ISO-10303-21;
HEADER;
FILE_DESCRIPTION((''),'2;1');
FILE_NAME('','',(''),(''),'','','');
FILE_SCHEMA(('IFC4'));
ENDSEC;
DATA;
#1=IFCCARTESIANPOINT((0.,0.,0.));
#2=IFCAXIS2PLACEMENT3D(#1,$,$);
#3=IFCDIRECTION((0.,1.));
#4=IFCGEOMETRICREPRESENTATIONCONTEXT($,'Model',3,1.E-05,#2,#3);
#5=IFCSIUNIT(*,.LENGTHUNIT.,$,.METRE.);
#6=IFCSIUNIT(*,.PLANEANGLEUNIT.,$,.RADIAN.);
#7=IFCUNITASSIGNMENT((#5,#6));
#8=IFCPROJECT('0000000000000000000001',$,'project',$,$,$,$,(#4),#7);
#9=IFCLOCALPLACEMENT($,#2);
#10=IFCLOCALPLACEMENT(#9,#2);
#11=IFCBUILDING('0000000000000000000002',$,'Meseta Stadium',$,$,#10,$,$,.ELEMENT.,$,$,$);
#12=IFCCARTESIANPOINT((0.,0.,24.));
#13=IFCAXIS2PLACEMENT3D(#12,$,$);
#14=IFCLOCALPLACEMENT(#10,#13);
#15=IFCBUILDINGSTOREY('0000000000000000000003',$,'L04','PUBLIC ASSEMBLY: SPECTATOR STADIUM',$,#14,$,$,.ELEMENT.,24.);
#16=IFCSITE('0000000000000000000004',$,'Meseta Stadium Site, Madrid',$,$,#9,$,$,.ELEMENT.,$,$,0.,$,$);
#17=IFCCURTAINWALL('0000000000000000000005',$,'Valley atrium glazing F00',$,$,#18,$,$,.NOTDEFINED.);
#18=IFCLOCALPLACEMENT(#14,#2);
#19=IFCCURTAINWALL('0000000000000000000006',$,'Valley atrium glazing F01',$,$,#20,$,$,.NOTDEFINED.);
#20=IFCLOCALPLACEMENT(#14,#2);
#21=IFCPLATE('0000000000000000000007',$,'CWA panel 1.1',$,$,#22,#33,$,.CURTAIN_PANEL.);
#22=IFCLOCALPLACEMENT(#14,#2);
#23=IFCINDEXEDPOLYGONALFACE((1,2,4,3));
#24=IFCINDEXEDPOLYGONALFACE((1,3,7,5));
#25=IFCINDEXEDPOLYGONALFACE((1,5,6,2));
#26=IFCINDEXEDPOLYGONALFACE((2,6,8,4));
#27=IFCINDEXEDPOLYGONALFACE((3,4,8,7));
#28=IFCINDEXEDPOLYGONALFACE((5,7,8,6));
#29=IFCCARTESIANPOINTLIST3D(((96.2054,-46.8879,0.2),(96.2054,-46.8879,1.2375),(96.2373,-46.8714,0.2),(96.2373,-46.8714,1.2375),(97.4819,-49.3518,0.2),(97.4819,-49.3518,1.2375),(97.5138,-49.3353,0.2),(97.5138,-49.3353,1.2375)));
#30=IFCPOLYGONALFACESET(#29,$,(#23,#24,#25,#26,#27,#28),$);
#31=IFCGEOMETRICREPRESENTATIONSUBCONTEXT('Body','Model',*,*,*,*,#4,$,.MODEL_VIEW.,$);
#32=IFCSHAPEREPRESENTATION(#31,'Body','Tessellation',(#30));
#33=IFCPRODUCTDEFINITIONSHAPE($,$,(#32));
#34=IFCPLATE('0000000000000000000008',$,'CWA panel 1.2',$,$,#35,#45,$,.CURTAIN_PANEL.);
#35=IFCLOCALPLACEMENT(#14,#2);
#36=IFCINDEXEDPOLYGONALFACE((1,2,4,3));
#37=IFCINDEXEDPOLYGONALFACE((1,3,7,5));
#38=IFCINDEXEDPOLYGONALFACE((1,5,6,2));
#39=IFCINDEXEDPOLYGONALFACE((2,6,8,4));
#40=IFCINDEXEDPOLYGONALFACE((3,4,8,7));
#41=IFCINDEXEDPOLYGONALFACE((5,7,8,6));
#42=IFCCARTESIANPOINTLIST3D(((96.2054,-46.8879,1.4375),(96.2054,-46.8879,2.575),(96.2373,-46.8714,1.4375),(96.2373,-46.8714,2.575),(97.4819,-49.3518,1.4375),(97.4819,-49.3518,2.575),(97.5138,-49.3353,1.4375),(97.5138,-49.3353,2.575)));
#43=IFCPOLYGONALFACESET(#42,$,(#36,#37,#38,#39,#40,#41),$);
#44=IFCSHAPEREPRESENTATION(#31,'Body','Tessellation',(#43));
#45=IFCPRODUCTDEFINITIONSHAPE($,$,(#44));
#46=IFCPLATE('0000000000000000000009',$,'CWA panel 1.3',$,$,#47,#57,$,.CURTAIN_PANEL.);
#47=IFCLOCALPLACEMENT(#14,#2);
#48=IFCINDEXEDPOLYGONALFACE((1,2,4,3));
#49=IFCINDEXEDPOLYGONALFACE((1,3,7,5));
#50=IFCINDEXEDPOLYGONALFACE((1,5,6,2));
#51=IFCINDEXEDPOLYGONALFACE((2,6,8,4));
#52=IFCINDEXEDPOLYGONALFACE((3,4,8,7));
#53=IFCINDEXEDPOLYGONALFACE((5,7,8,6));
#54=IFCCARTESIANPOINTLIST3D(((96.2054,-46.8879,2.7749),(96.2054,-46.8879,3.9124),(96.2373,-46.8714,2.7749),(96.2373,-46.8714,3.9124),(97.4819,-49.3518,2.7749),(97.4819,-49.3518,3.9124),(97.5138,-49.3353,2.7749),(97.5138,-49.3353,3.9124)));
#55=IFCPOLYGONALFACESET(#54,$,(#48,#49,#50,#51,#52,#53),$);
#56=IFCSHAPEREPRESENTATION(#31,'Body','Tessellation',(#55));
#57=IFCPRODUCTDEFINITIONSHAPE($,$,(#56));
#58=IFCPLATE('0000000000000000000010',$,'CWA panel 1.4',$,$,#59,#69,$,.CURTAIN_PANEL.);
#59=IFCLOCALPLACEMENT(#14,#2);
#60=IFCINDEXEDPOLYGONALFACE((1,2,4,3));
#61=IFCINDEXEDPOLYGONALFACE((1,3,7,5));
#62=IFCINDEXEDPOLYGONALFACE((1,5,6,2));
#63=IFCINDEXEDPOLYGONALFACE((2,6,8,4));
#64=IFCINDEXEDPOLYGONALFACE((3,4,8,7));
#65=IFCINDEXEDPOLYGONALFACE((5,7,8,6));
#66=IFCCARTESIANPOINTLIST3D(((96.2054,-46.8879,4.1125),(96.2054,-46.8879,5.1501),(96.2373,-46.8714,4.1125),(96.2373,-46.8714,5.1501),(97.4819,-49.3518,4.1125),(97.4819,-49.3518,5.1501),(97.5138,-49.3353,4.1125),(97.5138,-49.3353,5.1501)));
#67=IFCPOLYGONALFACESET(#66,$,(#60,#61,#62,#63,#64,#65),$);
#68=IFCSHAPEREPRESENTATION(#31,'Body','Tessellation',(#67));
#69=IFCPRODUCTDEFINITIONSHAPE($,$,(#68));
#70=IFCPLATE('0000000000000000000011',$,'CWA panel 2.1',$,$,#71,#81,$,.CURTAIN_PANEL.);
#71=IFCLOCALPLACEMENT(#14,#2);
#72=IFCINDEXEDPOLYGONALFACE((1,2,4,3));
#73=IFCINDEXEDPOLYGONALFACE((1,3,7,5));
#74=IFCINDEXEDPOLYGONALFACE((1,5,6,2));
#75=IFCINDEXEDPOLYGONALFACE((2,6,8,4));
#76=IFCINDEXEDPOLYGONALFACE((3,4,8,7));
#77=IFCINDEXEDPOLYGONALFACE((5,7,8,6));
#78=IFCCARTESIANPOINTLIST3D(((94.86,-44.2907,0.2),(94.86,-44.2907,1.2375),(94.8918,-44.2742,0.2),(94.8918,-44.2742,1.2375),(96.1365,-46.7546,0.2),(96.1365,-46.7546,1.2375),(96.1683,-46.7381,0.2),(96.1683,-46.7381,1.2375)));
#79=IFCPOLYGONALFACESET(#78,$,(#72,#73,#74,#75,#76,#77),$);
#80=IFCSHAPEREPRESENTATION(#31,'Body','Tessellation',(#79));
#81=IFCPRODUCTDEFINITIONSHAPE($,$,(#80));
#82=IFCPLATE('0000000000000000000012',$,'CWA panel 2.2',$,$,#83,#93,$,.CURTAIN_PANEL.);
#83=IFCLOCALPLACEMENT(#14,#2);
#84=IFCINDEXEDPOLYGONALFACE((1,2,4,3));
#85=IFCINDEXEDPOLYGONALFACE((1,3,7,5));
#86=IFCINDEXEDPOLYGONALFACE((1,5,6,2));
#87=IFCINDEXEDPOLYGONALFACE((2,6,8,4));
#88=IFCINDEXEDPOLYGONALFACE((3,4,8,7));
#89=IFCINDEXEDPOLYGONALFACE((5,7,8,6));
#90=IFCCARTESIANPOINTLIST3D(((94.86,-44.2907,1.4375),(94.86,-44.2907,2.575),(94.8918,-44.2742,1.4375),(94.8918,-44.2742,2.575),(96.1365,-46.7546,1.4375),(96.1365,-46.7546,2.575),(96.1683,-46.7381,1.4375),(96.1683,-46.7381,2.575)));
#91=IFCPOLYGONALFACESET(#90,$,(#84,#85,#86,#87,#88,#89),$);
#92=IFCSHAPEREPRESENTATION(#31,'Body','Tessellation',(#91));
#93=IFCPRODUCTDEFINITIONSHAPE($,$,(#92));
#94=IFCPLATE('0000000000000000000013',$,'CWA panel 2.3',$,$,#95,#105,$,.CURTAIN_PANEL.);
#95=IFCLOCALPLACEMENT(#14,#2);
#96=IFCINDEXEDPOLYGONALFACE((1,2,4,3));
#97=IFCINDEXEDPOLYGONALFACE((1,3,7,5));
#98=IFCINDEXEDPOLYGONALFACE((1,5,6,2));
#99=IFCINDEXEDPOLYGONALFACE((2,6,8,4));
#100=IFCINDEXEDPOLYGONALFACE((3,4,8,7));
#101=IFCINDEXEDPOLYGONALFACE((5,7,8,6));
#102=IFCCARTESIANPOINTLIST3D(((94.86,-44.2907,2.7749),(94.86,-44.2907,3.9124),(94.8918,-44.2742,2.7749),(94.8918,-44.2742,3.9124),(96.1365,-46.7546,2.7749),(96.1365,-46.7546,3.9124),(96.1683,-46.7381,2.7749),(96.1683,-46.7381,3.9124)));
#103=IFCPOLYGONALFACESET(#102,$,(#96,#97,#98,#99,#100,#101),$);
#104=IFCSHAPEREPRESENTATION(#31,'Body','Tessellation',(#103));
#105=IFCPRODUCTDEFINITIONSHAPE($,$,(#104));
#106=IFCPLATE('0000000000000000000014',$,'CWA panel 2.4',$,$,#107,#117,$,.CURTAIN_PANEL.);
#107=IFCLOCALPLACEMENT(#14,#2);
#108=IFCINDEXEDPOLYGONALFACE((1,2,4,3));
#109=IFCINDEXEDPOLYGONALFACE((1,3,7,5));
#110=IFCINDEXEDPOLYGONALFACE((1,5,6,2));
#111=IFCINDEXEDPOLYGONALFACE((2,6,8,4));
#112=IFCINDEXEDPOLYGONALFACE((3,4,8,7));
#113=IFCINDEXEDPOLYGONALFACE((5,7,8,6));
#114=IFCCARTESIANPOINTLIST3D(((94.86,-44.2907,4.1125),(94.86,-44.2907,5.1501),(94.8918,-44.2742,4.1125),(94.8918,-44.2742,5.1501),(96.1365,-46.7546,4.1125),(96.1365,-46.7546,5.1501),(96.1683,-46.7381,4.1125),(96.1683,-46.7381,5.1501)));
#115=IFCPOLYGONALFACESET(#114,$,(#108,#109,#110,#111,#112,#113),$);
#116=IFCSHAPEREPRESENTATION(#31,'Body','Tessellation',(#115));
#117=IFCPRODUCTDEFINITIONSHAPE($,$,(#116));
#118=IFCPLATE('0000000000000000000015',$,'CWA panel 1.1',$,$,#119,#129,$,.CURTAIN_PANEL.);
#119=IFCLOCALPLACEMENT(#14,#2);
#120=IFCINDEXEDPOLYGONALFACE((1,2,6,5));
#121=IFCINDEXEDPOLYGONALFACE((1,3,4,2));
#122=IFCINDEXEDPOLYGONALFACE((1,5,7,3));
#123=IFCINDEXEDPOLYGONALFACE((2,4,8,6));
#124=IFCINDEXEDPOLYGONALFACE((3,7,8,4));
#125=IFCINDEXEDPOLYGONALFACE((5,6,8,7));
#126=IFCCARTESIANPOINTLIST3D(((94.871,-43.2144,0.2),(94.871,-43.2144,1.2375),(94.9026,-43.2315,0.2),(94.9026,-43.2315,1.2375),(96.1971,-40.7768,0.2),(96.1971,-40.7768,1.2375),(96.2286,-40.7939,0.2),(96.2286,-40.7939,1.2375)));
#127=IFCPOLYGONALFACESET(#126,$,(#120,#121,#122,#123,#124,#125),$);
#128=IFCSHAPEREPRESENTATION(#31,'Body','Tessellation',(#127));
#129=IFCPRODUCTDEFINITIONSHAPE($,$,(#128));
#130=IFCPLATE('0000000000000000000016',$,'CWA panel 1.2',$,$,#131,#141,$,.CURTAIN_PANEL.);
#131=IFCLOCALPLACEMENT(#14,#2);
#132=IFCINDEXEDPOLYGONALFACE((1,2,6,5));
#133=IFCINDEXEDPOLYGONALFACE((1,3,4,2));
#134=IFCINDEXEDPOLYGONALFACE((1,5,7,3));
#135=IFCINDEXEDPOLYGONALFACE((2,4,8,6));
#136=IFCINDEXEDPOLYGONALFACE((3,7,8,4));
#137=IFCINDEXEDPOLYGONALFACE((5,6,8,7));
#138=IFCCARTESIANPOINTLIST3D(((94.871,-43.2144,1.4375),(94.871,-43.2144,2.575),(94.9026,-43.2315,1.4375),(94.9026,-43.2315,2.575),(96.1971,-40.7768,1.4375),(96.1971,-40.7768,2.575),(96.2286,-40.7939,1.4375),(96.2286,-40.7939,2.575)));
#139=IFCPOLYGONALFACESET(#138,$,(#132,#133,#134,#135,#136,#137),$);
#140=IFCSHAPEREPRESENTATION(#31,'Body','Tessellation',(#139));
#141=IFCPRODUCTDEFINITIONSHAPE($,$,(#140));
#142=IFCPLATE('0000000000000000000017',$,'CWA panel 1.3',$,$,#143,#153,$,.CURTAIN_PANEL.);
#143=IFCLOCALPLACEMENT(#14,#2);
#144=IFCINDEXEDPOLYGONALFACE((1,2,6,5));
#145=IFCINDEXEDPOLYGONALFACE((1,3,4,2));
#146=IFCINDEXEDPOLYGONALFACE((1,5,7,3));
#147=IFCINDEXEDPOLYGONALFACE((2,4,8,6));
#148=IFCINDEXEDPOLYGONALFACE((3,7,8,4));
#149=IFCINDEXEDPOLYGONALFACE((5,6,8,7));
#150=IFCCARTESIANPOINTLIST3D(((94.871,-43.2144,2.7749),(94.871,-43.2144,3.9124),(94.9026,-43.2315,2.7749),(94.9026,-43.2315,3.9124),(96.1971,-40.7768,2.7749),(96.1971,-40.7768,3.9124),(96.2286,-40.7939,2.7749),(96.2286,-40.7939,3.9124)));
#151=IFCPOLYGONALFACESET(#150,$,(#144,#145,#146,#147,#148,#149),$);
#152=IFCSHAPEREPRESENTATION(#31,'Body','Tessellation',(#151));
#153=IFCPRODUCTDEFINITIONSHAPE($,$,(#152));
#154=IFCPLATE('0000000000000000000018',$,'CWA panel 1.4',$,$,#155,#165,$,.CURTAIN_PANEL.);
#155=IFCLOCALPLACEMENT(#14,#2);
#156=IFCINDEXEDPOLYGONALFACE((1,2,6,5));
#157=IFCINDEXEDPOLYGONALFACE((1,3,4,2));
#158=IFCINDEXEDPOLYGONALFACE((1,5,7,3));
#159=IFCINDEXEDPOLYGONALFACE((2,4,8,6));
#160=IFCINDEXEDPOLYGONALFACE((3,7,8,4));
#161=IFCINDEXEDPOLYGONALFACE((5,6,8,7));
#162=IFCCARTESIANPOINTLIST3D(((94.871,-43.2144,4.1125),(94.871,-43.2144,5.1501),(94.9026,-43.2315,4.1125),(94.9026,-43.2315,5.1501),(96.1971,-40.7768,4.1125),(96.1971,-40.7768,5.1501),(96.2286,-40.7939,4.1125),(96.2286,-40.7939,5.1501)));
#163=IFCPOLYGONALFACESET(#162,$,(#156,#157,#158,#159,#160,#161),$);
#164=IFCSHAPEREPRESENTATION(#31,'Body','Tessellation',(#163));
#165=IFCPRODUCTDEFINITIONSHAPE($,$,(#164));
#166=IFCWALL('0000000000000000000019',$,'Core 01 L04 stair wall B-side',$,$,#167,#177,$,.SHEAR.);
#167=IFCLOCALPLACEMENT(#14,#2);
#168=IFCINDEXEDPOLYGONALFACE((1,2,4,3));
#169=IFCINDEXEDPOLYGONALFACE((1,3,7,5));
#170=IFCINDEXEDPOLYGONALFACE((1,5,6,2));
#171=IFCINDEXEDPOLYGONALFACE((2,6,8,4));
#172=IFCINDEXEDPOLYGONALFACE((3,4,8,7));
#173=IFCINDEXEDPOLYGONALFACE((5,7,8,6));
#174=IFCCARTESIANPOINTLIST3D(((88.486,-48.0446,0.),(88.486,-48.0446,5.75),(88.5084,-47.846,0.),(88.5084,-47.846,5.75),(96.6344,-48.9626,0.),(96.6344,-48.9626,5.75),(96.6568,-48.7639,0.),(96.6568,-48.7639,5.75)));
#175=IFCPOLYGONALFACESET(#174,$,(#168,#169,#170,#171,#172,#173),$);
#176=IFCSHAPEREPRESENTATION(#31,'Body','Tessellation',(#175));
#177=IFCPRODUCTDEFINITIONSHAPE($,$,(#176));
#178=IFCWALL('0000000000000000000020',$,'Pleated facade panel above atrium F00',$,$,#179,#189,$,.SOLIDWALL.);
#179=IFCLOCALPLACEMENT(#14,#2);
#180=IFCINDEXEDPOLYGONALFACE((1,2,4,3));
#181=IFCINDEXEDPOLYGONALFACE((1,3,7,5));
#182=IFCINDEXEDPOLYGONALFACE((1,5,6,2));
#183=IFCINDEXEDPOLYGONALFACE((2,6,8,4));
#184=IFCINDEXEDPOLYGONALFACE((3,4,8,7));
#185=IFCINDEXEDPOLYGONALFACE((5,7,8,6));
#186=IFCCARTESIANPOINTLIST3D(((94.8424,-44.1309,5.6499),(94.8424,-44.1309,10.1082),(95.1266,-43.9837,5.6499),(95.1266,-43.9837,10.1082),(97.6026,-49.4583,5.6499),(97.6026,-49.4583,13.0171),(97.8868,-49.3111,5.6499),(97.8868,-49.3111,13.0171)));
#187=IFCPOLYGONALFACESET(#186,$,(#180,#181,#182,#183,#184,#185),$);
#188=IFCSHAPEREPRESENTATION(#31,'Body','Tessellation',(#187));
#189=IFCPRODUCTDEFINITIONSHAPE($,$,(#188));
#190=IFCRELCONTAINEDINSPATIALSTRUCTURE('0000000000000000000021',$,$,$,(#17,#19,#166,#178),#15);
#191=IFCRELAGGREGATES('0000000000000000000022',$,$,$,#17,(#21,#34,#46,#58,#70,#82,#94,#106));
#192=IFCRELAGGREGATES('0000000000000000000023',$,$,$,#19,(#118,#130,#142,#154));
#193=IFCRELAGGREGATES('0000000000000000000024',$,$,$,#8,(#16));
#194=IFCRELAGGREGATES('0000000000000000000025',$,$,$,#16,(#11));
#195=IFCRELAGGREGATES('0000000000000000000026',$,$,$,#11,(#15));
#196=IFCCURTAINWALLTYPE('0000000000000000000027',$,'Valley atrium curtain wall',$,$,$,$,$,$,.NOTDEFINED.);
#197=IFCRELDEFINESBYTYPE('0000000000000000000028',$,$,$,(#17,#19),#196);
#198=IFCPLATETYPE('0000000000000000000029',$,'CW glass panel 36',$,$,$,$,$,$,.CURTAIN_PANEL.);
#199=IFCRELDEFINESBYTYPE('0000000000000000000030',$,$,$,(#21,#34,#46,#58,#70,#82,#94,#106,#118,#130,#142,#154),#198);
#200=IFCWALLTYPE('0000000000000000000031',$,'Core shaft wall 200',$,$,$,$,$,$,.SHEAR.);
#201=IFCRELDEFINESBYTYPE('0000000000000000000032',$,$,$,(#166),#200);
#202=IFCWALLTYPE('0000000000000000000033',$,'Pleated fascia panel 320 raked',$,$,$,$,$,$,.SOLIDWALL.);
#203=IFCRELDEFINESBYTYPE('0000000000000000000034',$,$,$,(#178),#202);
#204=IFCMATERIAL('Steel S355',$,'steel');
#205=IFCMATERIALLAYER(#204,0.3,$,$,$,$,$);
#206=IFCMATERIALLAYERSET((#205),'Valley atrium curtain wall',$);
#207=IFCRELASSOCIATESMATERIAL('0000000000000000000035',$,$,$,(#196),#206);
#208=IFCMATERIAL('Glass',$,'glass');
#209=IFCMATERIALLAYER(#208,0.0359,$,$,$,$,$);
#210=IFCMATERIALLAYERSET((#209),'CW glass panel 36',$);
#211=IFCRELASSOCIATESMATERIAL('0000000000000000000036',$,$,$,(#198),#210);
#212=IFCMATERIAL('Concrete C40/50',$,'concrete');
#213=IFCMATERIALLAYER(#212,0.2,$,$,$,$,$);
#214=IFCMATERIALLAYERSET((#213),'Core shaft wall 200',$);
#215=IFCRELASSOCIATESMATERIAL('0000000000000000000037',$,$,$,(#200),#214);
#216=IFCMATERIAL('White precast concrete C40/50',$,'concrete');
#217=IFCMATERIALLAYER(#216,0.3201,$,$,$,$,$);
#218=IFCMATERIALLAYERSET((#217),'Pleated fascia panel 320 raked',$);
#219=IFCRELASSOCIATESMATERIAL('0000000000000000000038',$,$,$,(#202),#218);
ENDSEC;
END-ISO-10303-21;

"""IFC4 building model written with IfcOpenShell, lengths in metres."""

from ifc_helpers import new_model, si_unit, direction, frame, frame_2d, origin, origin_2d, place, context, subcontext, project, spatial, polyline, rectangle, outline, extrude, material, layer, layer_set, type_object, element, aggregate, save


model = new_model("IFC4")

# Units and contexts
model_context = context("Model", 3, precision=1e-05, world=origin(), true_north=direction((0.0, 1.0)))
body_context = subcontext(model_context, "Body", "Model", "MODEL_VIEW")
ifc_project = project(units=[si_unit("LENGTHUNIT", "METRE"), si_unit("PLANEANGLEUNIT", "RADIAN")], contexts=[model_context])

# Site, building, storey
site_placement = place(None, origin())
site = spatial("IfcSite", under=ifc_project, at=site_placement, Name="Meseta Stadium Site, Madrid", CompositionType="ELEMENT", RefElevation=0.0)
building_placement = place(site_placement, origin())
building = spatial("IfcBuilding", under=site, at=building_placement, Name="Meseta Stadium", CompositionType="ELEMENT")
storey_placement = place(building_placement, frame((0.0, 0.0, 24.0)))
storey = spatial("IfcBuildingStorey", under=building, at=storey_placement, Name="L04", Description="PUBLIC ASSEMBLY: SPECTATOR STADIUM", CompositionType="ELEMENT", Elevation=24.0)

# Curtain wall
ifc_material_1 = material(Name="Steel S355", Category="steel")
ifc_layer_1 = layer(ifc_material_1, 0.3)
ifc_layer_set_1 = layer_set([ifc_layer_1], Name="Valley atrium curtain wall")
curtain_wall_type = type_object("IfcCurtainWallType", Name="Valley atrium curtain wall", PredefinedType="NOTDEFINED", material=ifc_layer_set_1)
curtain_wall_1_placement = place(storey_placement, origin())
curtain_wall_1 = element("IfcCurtainWall", 1, at=curtain_wall_1_placement, inside=storey, type_object=curtain_wall_type, Name="Valley atrium glazing F00", PredefinedType="NOTDEFINED")

# Curtain wall
curtain_wall_2_placement = place(storey_placement, origin())
curtain_wall_2 = element("IfcCurtainWall", 2, at=curtain_wall_2_placement, inside=storey, type_object=curtain_wall_type, Name="Valley atrium glazing F01", PredefinedType="NOTDEFINED")

# Plates
ifc_material_2 = material(Name="Glass", Category="glass")
ifc_layer_2 = layer(ifc_material_2, 0.0359)
ifc_layer_set_2 = layer_set([ifc_layer_2], Name="CW glass panel 36")
plate_type_1 = type_object("IfcPlateType", Name="CW glass panel 36", PredefinedType="CURTAIN_PANEL", material=ifc_layer_set_2)
plate_1_placement = place(storey_placement, frame((96.8596, -48.1116, 0.2), z_axis=(0.0, 0.0, 1.0), x_axis=(-0.460016, 0.887911, 0.0)))
plate_1 = element("IfcPlate", 3, at=plate_1_placement, type_object=plate_type_1, Name="CWA panel 1.1", PredefinedType="CURTAIN_PANEL", context=body_context, shape_type="SweptSolid", body=[
    extrude(rectangle(XDim=2.7749, YDim=0.0359, at=origin_2d()), origin(), (0.0, 0.0, 1.0), 1.0376),
])
plate_2_placement = place(storey_placement, frame((96.8596, -48.1116, 1.4375), z_axis=(0.0, 0.0, 1.0), x_axis=(-0.460016, 0.887911, 0.0)))
plate_2 = element("IfcPlate", 4, at=plate_2_placement, type_object=plate_type_1, Name="CWA panel 1.2", PredefinedType="CURTAIN_PANEL", context=body_context, shape_type="SweptSolid", body=[
    extrude(rectangle(XDim=2.7749, YDim=0.0359, at=origin_2d()), origin(), (0.0, 0.0, 1.0), 1.1375),
])
plate_3_placement = place(storey_placement, frame((96.8596, -48.1116, 2.7749), z_axis=(0.0, 0.0, 1.0), x_axis=(-0.460016, 0.887911, 0.0)))
plate_3 = element("IfcPlate", 5, at=plate_3_placement, type_object=plate_type_1, Name="CWA panel 1.3", PredefinedType="CURTAIN_PANEL", context=body_context, shape_type="SweptSolid", body=[
    extrude(rectangle(XDim=2.7749, YDim=0.0359, at=origin_2d()), origin(), (0.0, 0.0, 1.0), 1.1375),
])
plate_4_placement = place(storey_placement, frame((96.8596, -48.1116, 4.1125), z_axis=(0.0, 0.0, 1.0), x_axis=(-0.460016, 0.887911, 0.0)))
plate_4 = element("IfcPlate", 6, at=plate_4_placement, type_object=plate_type_1, Name="CWA panel 1.4", PredefinedType="CURTAIN_PANEL", context=body_context, shape_type="SweptSolid", body=[
    extrude(rectangle(XDim=2.7749, YDim=0.0359, at=origin_2d()), origin(), (0.0, 0.0, 1.0), 1.0376),
])
plate_5_placement = place(storey_placement, frame((95.5142, -45.5144, 0.2), z_axis=(0.0, 0.0, 1.0), x_axis=(-0.460016, 0.887911, 0.0)))
plate_5 = element("IfcPlate", 7, at=plate_5_placement, type_object=plate_type_1, Name="CWA panel 2.1", PredefinedType="CURTAIN_PANEL", context=body_context, shape_type="SweptSolid", body=[
    extrude(rectangle(XDim=2.7749, YDim=0.0359, at=origin_2d()), origin(), (0.0, 0.0, 1.0), 1.0376),
])
plate_6_placement = place(storey_placement, frame((95.5142, -45.5144, 1.4375), z_axis=(0.0, 0.0, 1.0), x_axis=(-0.460016, 0.887911, 0.0)))
plate_6 = element("IfcPlate", 8, at=plate_6_placement, type_object=plate_type_1, Name="CWA panel 2.2", PredefinedType="CURTAIN_PANEL", context=body_context, shape_type="SweptSolid", body=[
    extrude(rectangle(XDim=2.7749, YDim=0.0359, at=origin_2d()), origin(), (0.0, 0.0, 1.0), 1.1375),
])
plate_7_placement = place(storey_placement, frame((95.5142, -45.5144, 2.7749), z_axis=(0.0, 0.0, 1.0), x_axis=(-0.460016, 0.887911, 0.0)))
plate_7 = element("IfcPlate", 9, at=plate_7_placement, type_object=plate_type_1, Name="CWA panel 2.3", PredefinedType="CURTAIN_PANEL", context=body_context, shape_type="SweptSolid", body=[
    extrude(rectangle(XDim=2.7749, YDim=0.0359, at=origin_2d()), origin(), (0.0, 0.0, 1.0), 1.1375),
])
plate_8_placement = place(storey_placement, frame((95.5142, -45.5144, 4.1125), z_axis=(0.0, 0.0, 1.0), x_axis=(-0.460016, 0.887911, 0.0)))
plate_8 = element("IfcPlate", 10, at=plate_8_placement, type_object=plate_type_1, Name="CWA panel 2.4", PredefinedType="CURTAIN_PANEL", context=body_context, shape_type="SweptSolid", body=[
    extrude(rectangle(XDim=2.7749, YDim=0.0359, at=origin_2d()), origin(), (0.0, 0.0, 1.0), 1.0376),
])
aggregate(curtain_wall_1, [plate_1, plate_2, plate_3, plate_4, plate_5, plate_6, plate_7, plate_8])
plate_9_placement = place(storey_placement, frame((95.5498, -42.0042, 0.2), z_axis=(0.0, 0.0, 1.0), x_axis=(0.477867, 0.878432, 0.0)))
plate_9 = element("IfcPlate", 11, at=plate_9_placement, type_object=plate_type_1, Name="CWA panel 1.1", PredefinedType="CURTAIN_PANEL", context=body_context, shape_type="SweptSolid", body=[
    extrude(rectangle(XDim=2.7749, YDim=0.0359, at=origin_2d()), origin(), (0.0, 0.0, 1.0), 1.0376),
])
plate_10_placement = place(storey_placement, frame((95.5498, -42.0042, 1.4375), z_axis=(0.0, 0.0, 1.0), x_axis=(0.477867, 0.878432, 0.0)))
plate_10 = element("IfcPlate", 12, at=plate_10_placement, type_object=plate_type_1, Name="CWA panel 1.2", PredefinedType="CURTAIN_PANEL", context=body_context, shape_type="SweptSolid", body=[
    extrude(rectangle(XDim=2.7749, YDim=0.0359, at=origin_2d()), origin(), (0.0, 0.0, 1.0), 1.1375),
])
plate_11_placement = place(storey_placement, frame((95.5498, -42.0042, 2.7749), z_axis=(0.0, 0.0, 1.0), x_axis=(0.477867, 0.878432, 0.0)))
plate_11 = element("IfcPlate", 13, at=plate_11_placement, type_object=plate_type_1, Name="CWA panel 1.3", PredefinedType="CURTAIN_PANEL", context=body_context, shape_type="SweptSolid", body=[
    extrude(rectangle(XDim=2.7749, YDim=0.0359, at=origin_2d()), origin(), (0.0, 0.0, 1.0), 1.1375),
])
plate_12_placement = place(storey_placement, frame((95.5498, -42.0042, 4.1125), z_axis=(0.0, 0.0, 1.0), x_axis=(0.477867, 0.878432, 0.0)))
plate_12 = element("IfcPlate", 14, at=plate_12_placement, type_object=plate_type_1, Name="CWA panel 1.4", PredefinedType="CURTAIN_PANEL", context=body_context, shape_type="SweptSolid", body=[
    extrude(rectangle(XDim=2.7749, YDim=0.0359, at=origin_2d()), origin(), (0.0, 0.0, 1.0), 1.0376),
])
aggregate(curtain_wall_2, [plate_9, plate_10, plate_11, plate_12])

# Walls
ifc_material_3 = material(Name="Concrete C40/50", Category="concrete")
ifc_layer_3 = layer(ifc_material_3, 0.2)
ifc_layer_set_3 = layer_set([ifc_layer_3], Name="Core shaft wall 200")
wall_type_1 = type_object("IfcWallType", Name="Core shaft wall 200", PredefinedType="SHEAR", material=ifc_layer_set_3)
wall_1_placement = place(storey_placement, frame((96.6458, -48.8633, 0.0), z_axis=(0.0, 0.0, 1.0), x_axis=(-0.993714, 0.111948, 0.0)))
element("IfcWall", 15, at=wall_1_placement, inside=storey, type_object=wall_type_1, Name="Core 01 L04 stair wall B-side", PredefinedType="SHEAR", context=body_context, shape_type="SweptSolid", body=[
    extrude(rectangle(XDim=8.2, YDim=0.2, at=frame_2d((4.1001, 0.0))), origin(), (0.0, 0.0, 1.0), 5.75),
])
ifc_material_4 = material(Name="White precast concrete C40/50", Category="concrete")
ifc_layer_4 = layer(ifc_material_4, 0.3201)
ifc_layer_set_4 = layer_set([ifc_layer_4], Name="Pleated fascia panel 320 raked")
wall_type_2 = type_object("IfcWallType", Name="Pleated fascia panel 320 raked", PredefinedType="SOLIDWALL", material=ifc_layer_set_4)
wall_2_placement = place(storey_placement, frame((94.9844, -44.0574, 5.6499), z_axis=(0.0, 0.0, 1.0), x_axis=(0.460042, -0.887897, 0.0)))
element("IfcWall", 16, at=wall_2_placement, inside=storey, type_object=wall_type_2, Name="Pleated facade panel above atrium F00", PredefinedType="SOLIDWALL", context=body_context, shape_type="SweptSolid", body=[
    extrude(outline(polyline([(0.0, 0.0), (6.0, 0.0), (6.0, 7.3672), (0.0, 4.4583), (0.0, 0.0)])), frame((0.0, 0.1602, 0.0), z_axis=(0.0, -1.0, 0.0), x_axis=(1.0, 0.0, 0.0)), (0.0, 0.0, 1.0), 0.3201),
])

save(model, "model.ifc")
